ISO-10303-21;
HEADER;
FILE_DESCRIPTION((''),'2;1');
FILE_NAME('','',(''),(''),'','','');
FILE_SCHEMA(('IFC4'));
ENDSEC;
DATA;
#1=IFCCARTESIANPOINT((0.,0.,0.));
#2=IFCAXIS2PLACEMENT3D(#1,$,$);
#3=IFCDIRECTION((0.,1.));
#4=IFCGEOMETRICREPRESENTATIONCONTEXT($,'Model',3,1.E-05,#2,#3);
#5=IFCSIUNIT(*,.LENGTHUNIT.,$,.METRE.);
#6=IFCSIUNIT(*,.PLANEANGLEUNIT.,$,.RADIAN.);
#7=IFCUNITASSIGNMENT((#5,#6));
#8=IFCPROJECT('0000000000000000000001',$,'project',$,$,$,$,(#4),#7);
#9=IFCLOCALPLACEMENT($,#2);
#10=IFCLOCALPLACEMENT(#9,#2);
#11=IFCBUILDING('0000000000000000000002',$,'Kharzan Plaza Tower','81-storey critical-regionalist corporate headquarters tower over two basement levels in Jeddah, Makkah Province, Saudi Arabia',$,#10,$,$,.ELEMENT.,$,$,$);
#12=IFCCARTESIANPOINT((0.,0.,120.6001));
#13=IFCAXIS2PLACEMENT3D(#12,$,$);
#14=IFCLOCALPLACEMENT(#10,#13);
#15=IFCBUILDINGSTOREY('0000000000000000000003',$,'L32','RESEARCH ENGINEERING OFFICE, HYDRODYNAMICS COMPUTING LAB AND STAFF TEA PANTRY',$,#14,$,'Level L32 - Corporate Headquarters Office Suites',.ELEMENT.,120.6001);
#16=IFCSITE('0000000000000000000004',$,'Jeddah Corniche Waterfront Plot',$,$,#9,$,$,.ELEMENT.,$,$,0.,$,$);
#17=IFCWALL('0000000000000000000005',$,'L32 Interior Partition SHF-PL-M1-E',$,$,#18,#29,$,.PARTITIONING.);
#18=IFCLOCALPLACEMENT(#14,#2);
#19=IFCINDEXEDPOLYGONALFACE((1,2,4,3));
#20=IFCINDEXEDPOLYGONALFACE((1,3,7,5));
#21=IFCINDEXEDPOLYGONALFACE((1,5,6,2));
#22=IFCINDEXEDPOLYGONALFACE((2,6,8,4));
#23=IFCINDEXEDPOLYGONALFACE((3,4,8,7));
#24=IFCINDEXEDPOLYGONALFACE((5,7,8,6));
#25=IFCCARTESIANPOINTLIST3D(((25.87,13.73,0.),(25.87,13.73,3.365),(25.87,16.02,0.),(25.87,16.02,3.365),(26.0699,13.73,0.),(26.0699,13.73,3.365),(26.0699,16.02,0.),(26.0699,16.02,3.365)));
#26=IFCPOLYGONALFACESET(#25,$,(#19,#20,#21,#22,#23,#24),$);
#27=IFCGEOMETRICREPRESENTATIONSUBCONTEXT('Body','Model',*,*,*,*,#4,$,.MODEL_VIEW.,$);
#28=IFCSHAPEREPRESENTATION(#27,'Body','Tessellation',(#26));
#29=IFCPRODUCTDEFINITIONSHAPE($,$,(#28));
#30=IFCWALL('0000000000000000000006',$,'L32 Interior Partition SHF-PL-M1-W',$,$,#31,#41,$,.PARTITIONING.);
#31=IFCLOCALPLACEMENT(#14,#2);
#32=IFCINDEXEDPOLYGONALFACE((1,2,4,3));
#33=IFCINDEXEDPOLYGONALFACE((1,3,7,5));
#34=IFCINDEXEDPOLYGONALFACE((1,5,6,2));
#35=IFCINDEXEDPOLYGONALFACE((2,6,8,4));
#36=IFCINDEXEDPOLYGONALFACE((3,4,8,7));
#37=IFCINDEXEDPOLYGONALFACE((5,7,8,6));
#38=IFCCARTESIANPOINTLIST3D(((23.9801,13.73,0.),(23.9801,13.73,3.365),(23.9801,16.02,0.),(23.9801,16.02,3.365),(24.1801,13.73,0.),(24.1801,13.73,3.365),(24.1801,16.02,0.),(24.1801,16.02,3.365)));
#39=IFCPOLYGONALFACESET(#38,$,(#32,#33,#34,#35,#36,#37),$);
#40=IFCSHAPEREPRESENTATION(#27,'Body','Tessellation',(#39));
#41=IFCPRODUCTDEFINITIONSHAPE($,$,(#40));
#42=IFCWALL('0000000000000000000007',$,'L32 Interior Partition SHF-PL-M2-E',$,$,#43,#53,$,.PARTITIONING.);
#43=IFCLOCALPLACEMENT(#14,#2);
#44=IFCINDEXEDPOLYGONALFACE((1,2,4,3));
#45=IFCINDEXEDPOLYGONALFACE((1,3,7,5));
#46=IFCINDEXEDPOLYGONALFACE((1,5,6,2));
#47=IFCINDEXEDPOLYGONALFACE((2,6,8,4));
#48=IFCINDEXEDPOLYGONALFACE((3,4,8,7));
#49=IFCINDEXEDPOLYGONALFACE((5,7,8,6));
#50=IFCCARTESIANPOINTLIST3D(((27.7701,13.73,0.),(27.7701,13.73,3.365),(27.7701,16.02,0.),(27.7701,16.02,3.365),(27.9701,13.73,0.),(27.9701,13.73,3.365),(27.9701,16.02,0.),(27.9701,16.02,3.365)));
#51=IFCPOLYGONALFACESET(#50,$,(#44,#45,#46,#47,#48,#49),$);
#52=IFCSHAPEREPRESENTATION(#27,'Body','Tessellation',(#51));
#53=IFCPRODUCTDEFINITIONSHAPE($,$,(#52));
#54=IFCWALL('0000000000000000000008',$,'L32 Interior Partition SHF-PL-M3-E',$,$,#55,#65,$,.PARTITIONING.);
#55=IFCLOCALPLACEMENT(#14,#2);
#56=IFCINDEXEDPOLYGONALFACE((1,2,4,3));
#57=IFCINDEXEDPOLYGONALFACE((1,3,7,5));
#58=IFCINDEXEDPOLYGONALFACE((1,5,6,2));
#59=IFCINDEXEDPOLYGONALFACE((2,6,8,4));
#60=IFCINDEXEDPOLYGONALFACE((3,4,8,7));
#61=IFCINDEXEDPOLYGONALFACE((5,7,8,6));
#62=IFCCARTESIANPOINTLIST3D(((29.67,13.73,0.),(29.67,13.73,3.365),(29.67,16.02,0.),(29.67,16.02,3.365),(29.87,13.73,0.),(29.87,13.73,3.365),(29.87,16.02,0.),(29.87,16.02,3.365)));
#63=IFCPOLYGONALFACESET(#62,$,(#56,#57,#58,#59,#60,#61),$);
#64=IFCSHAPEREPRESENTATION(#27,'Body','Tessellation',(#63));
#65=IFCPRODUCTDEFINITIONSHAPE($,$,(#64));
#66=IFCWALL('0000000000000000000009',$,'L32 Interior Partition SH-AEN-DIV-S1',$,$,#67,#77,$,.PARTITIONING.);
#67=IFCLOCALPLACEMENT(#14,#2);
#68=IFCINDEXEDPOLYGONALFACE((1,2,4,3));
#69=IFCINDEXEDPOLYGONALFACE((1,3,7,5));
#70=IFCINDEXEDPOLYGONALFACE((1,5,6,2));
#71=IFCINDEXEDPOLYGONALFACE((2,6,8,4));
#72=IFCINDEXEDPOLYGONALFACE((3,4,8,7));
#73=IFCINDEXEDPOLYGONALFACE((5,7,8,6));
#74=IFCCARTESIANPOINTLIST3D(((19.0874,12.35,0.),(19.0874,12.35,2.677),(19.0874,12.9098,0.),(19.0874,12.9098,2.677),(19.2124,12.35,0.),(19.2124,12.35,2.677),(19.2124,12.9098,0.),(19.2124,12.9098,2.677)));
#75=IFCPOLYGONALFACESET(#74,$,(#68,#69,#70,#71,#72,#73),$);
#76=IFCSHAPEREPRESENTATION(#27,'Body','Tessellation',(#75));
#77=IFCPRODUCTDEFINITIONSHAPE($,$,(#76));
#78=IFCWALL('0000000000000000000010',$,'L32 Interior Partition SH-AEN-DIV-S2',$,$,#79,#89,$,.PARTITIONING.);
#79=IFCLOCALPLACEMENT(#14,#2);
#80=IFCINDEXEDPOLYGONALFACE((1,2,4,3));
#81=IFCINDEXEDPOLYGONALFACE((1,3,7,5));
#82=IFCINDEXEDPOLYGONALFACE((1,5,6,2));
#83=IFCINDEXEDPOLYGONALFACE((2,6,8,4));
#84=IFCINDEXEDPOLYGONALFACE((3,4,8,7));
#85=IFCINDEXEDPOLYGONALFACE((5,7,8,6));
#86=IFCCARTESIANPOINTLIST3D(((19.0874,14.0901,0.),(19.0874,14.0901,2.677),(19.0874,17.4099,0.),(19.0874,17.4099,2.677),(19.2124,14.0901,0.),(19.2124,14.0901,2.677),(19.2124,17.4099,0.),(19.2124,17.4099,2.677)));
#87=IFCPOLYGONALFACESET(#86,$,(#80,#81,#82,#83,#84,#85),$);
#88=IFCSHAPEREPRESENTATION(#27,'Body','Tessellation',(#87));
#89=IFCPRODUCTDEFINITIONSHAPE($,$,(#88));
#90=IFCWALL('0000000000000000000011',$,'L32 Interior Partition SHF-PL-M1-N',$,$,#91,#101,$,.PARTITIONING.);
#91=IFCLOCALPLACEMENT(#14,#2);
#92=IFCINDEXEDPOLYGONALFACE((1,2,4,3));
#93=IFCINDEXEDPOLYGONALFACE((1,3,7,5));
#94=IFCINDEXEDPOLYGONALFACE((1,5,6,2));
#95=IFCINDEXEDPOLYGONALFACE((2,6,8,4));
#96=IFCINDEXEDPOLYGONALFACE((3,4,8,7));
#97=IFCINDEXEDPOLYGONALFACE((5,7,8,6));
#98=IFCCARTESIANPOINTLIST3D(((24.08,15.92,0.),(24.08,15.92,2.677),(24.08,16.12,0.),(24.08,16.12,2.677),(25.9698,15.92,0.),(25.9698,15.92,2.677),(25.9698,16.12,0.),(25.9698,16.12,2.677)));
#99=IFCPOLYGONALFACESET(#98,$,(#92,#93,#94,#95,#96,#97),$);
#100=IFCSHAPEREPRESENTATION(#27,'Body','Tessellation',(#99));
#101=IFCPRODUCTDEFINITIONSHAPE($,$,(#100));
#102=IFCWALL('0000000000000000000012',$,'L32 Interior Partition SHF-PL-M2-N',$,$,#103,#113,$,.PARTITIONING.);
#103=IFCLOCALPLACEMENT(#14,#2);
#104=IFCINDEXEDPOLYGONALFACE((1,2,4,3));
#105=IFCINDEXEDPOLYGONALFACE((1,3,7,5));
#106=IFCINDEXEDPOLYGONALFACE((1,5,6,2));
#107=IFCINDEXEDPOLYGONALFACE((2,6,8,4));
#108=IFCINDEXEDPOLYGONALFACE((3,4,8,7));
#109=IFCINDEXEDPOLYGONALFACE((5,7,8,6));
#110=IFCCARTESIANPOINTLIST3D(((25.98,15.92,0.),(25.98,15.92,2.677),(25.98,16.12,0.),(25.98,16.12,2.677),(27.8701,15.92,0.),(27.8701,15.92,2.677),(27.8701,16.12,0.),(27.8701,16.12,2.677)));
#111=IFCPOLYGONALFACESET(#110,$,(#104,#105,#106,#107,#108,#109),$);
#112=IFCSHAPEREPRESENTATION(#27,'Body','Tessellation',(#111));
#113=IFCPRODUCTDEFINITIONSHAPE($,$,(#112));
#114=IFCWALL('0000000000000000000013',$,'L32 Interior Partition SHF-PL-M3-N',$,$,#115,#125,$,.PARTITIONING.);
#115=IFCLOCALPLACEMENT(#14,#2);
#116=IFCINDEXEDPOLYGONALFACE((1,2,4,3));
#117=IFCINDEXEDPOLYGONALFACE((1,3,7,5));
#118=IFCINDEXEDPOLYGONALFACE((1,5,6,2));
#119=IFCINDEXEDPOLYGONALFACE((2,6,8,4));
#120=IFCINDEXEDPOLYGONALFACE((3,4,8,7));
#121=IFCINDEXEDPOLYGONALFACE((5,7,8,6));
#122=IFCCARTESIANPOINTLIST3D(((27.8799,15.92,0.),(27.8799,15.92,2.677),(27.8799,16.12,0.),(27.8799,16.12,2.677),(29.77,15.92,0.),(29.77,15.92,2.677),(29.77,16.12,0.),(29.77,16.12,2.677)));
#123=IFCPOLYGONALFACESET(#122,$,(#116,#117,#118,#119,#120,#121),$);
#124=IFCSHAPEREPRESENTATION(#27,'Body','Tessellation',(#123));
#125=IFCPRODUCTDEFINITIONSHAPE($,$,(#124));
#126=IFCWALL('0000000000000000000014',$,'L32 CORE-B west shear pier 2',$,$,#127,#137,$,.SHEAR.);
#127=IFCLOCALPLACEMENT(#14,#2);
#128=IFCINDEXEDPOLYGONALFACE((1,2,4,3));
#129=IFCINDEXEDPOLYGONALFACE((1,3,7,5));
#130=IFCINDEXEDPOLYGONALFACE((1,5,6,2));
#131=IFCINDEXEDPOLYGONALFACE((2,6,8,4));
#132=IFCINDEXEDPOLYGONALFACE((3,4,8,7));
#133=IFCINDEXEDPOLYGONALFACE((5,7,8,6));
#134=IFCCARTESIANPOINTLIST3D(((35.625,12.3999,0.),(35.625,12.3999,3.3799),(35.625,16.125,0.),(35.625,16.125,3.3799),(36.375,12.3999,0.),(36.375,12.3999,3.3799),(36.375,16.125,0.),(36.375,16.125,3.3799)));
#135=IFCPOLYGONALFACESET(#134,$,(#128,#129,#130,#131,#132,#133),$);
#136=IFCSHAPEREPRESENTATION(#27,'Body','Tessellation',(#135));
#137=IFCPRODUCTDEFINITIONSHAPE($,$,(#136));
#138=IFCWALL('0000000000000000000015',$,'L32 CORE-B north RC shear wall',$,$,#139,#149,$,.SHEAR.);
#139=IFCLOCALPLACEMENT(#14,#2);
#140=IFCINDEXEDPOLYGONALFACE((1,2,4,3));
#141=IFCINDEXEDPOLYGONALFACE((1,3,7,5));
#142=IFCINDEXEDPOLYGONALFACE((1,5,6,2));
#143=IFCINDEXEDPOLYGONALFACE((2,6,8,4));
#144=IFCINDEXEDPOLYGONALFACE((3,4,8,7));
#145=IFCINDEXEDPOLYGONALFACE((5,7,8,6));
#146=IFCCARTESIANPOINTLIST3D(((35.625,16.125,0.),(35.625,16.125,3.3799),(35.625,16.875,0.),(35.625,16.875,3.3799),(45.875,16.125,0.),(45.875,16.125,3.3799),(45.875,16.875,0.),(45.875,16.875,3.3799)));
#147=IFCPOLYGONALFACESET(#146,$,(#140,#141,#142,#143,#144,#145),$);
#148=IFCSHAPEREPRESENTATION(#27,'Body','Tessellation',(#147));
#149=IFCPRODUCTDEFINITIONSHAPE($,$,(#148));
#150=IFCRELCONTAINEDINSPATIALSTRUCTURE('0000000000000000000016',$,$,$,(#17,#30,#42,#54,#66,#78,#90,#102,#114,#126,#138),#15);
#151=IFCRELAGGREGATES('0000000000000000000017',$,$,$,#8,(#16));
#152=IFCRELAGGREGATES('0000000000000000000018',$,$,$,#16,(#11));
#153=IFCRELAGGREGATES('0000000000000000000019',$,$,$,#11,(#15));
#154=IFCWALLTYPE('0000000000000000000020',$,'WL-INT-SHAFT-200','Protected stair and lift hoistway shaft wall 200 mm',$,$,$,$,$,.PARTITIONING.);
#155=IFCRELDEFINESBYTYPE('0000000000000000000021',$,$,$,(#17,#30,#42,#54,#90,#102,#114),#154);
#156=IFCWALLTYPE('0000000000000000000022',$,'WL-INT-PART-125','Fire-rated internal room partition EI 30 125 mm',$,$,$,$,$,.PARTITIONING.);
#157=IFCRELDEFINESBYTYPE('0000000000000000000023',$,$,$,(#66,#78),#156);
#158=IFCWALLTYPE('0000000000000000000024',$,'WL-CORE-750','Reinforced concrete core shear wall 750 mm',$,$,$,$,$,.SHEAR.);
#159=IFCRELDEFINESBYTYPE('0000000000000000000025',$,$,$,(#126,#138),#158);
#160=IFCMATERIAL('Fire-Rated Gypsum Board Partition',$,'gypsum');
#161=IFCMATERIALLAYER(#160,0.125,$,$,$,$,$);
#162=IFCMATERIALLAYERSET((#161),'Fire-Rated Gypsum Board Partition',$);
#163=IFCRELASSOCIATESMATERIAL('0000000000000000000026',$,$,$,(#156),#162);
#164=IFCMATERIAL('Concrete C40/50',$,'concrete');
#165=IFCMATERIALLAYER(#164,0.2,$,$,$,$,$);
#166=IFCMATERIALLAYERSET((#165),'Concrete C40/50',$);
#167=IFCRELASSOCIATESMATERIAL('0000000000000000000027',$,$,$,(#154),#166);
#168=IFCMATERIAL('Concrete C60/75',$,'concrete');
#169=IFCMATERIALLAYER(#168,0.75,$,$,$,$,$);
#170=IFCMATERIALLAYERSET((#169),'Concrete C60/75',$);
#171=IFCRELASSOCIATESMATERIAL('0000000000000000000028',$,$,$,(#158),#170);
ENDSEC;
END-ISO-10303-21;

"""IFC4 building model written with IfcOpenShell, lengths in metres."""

from ifc_helpers import new_model, si_unit, direction, frame, frame_2d, origin, place, context, subcontext, project, spatial, rectangle, extrude, source, transform, mapped, material, layer, layer_set, type_object, element, save


model = new_model("IFC4")

# Units and contexts
model_context = context("Model", 3, precision=1e-05, world=origin(), true_north=direction((0.0, 1.0)))
body_context = subcontext(model_context, "Body", "Model", "MODEL_VIEW")
ifc_project = project(units=[si_unit("LENGTHUNIT", "METRE"), si_unit("PLANEANGLEUNIT", "RADIAN")], contexts=[model_context])

# Site, building, storey
site_placement = place(None, origin())
site = spatial("IfcSite", under=ifc_project, at=site_placement, Name="Jeddah Corniche Waterfront Plot", CompositionType="ELEMENT", RefElevation=0.0)
building_placement = place(site_placement, origin())
building = spatial("IfcBuilding", under=site, at=building_placement, Name="Kharzan Plaza Tower", Description="81-storey critical-regionalist corporate headquarters tower over two basement levels in Jeddah, Makkah Province, Saudi Arabia", CompositionType="ELEMENT")
storey_placement = place(building_placement, frame((0.0, 0.0, 120.6001)))
storey = spatial("IfcBuildingStorey", under=building, at=storey_placement, Name="L32", Description="RESEARCH ENGINEERING OFFICE, HYDRODYNAMICS COMPUTING LAB AND STAFF TEA PANTRY", LongName="Level L32 - Corporate Headquarters Office Suites", CompositionType="ELEMENT", Elevation=120.6001)

# Shared definitions
ifc_material_1 = material(Name="Concrete C60/75", Category="concrete")

# Shared definitions
ifc_material_2 = material(Name="Fire-Rated Gypsum Board Partition", Category="gypsum")
ifc_layer_1 = layer(ifc_material_2, 0.125)
ifc_layer_set_1 = layer_set([ifc_layer_1], Name="Fire-Rated Gypsum Board Partition")
wall_type_1 = type_object("IfcWallType", Name="WL-INT-PART-125", Description="Fire-rated internal room partition EI 30 125 mm", PredefinedType="PARTITIONING", material=ifc_layer_set_1)
ifc_material_3 = material(Name="Concrete C40/50", Category="concrete")
ifc_layer_2 = layer(ifc_material_3, 0.2)
ifc_layer_set_2 = layer_set([ifc_layer_2], Name="Concrete C40/50")
wall_type_2 = type_object("IfcWallType", Name="WL-INT-SHAFT-200", Description="Protected stair and lift hoistway shaft wall 200 mm", PredefinedType="PARTITIONING", material=ifc_layer_set_2)

# Walls
shared_shape_1 = source(origin(), body_context, "Body", "SweptSolid", [
    extrude(rectangle(XDim=2.29, YDim=0.2, at=frame_2d((1.145, 0.0))), origin(), (0.0, 0.0, 1.0), 3.365),
])
for number, where, z_axis, x_axis, name in (
    (1, (25.97, 13.73, 0.0), (0.0, 0.0, 1.0), (0.0, 1.0, 0.0), "L32 Interior Partition SHF-PL-M1-E"),
    (2, (24.0801, 13.73, 0.0), (0.0, 0.0, 1.0), (0.0, 1.0, 0.0), "L32 Interior Partition SHF-PL-M1-W"),
    (3, (27.8701, 13.73, 0.0), (0.0, 0.0, 1.0), (0.0, 1.0, 0.0), "L32 Interior Partition SHF-PL-M2-E"),
    (4, (29.77, 13.73, 0.0), (0.0, 0.0, 1.0), (0.0, 1.0, 0.0), "L32 Interior Partition SHF-PL-M3-E"),
):
    element("IfcWall", number, at=place(storey_placement, frame(where, z_axis=z_axis, x_axis=x_axis)), inside=storey, type_object=wall_type_2, Name=name, PredefinedType="PARTITIONING", context=body_context, shape_type="MappedRepresentation", body=[
        mapped(shared_shape_1, transform((0.0, 0.0, 0.0), x_axis=(1.0, 0.0, 0.0), y_axis=(0.0, 1.0, 0.0), z_axis=(0.0, 0.0, 1.0))),
    ])
shared_shape_2 = source(origin(), body_context, "Body", "SweptSolid", [
    extrude(rectangle(XDim=0.5598, YDim=0.125, at=frame_2d((0.2798, 0.0))), origin(), (0.0, 0.0, 1.0), 2.677),
])
wall_1_placement = place(storey_placement, frame((19.1499, 12.3501, 0.0), z_axis=(0.0, 0.0, 1.0), x_axis=(0.0, 1.0, 0.0)))
element("IfcWall", 5, at=wall_1_placement, inside=storey, type_object=wall_type_1, Name="L32 Interior Partition SH-AEN-DIV-S1", PredefinedType="PARTITIONING", context=body_context, shape_type="MappedRepresentation", body=[
    mapped(shared_shape_2, transform((0.0, 0.0, 0.0), x_axis=(1.0, 0.0, 0.0), y_axis=(0.0, 1.0, 0.0), z_axis=(0.0, 0.0, 1.0))),
])
shared_shape_3 = source(origin(), body_context, "Body", "SweptSolid", [
    extrude(rectangle(XDim=3.3198, YDim=0.125, at=frame_2d((1.6599, 0.0))), origin(), (0.0, 0.0, 1.0), 2.677),
])
wall_2_placement = place(storey_placement, frame((19.1499, 14.0901, 0.0), z_axis=(0.0, 0.0, 1.0), x_axis=(0.0, 1.0, 0.0)))
element("IfcWall", 6, at=wall_2_placement, inside=storey, type_object=wall_type_1, Name="L32 Interior Partition SH-AEN-DIV-S2", PredefinedType="PARTITIONING", context=body_context, shape_type="MappedRepresentation", body=[
    mapped(shared_shape_3, transform((0.0, 0.0, 0.0), x_axis=(1.0, 0.0, 0.0), y_axis=(0.0, 1.0, 0.0), z_axis=(0.0, 0.0, 1.0))),
])
shared_shape_4 = source(origin(), body_context, "Body", "SweptSolid", [
    extrude(rectangle(XDim=1.8899, YDim=0.2, at=frame_2d((0.9448, 0.0))), origin(), (0.0, 0.0, 1.0), 2.677),
])
wall_3_placement = place(storey_placement, frame((24.0801, 16.02, 0.0), z_axis=(0.0, 0.0, 1.0), x_axis=(1.0, 0.0, 0.0)))
element("IfcWall", 7, at=wall_3_placement, inside=storey, type_object=wall_type_2, Name="L32 Interior Partition SHF-PL-M1-N", PredefinedType="PARTITIONING", context=body_context, shape_type="MappedRepresentation", body=[
    mapped(shared_shape_4, transform((0.0, 0.0, 0.0), x_axis=(1.0, 0.0, 0.0), y_axis=(0.0, 1.0, 0.0), z_axis=(0.0, 0.0, 1.0))),
])
shared_shape_5 = source(origin(), body_context, "Body", "SweptSolid", [
    extrude(rectangle(XDim=1.8901, YDim=0.2, at=frame_2d((0.9451, 0.0))), origin(), (0.0, 0.0, 1.0), 2.677),
])
for number, where, z_axis, x_axis, name in (
    (8, (25.98, 16.02, 0.0), (0.0, 0.0, 1.0), (1.0, 0.0, 0.0), "L32 Interior Partition SHF-PL-M2-N"),
    (9, (27.8799, 16.02, 0.0), (0.0, 0.0, 1.0), (1.0, 0.0, 0.0), "L32 Interior Partition SHF-PL-M3-N"),
):
    element("IfcWall", number, at=place(storey_placement, frame(where, z_axis=z_axis, x_axis=x_axis)), inside=storey, type_object=wall_type_2, Name=name, PredefinedType="PARTITIONING", context=body_context, shape_type="MappedRepresentation", body=[
        mapped(shared_shape_5, transform((0.0, 0.0, 0.0), x_axis=(1.0, 0.0, 0.0), y_axis=(0.0, 1.0, 0.0), z_axis=(0.0, 0.0, 1.0))),
    ])
ifc_layer_3 = layer(ifc_material_1, 0.75)
ifc_layer_set_3 = layer_set([ifc_layer_3], Name="Concrete C60/75")
wall_type_3 = type_object("IfcWallType", Name="WL-CORE-750", Description="Reinforced concrete core shear wall 750 mm", PredefinedType="SHEAR", material=ifc_layer_set_3)
shared_shape_6 = source(origin(), body_context, "Body", "SweptSolid", [
    extrude(rectangle(XDim=3.7251, YDim=0.75, at=frame_2d((1.8625, 0.0))), origin(), (0.0, 0.0, 1.0), 3.3799),
])
wall_4_placement = place(storey_placement, frame((36.0, 12.3999, 0.0), z_axis=(0.0, 0.0, 1.0), x_axis=(0.0, 1.0, 0.0)))
element("IfcWall", 10, at=wall_4_placement, inside=storey, type_object=wall_type_3, Name="L32 CORE-B west shear pier 2", PredefinedType="SHEAR", context=body_context, shape_type="MappedRepresentation", body=[
    mapped(shared_shape_6, transform((0.0, 0.0, 0.0), x_axis=(1.0, 0.0, 0.0), y_axis=(0.0, 1.0, 0.0), z_axis=(0.0, 0.0, 1.0))),
])
shared_shape_7 = source(origin(), body_context, "Body", "SweptSolid", [
    extrude(rectangle(XDim=10.25, YDim=0.75, at=frame_2d((5.125, 0.0))), origin(), (0.0, 0.0, 1.0), 3.3799),
])
wall_5_placement = place(storey_placement, frame((35.625, 16.5, 0.0), z_axis=(0.0, 0.0, 1.0), x_axis=(1.0, 0.0, 0.0)))
element("IfcWall", 11, at=wall_5_placement, inside=storey, type_object=wall_type_3, Name="L32 CORE-B north RC shear wall", PredefinedType="SHEAR", context=body_context, shape_type="MappedRepresentation", body=[
    mapped(shared_shape_7, transform((0.0, 0.0, 0.0), x_axis=(1.0, 0.0, 0.0), y_axis=(0.0, 1.0, 0.0), z_axis=(0.0, 0.0, 1.0))),
])

save(model, "model.ifc")
